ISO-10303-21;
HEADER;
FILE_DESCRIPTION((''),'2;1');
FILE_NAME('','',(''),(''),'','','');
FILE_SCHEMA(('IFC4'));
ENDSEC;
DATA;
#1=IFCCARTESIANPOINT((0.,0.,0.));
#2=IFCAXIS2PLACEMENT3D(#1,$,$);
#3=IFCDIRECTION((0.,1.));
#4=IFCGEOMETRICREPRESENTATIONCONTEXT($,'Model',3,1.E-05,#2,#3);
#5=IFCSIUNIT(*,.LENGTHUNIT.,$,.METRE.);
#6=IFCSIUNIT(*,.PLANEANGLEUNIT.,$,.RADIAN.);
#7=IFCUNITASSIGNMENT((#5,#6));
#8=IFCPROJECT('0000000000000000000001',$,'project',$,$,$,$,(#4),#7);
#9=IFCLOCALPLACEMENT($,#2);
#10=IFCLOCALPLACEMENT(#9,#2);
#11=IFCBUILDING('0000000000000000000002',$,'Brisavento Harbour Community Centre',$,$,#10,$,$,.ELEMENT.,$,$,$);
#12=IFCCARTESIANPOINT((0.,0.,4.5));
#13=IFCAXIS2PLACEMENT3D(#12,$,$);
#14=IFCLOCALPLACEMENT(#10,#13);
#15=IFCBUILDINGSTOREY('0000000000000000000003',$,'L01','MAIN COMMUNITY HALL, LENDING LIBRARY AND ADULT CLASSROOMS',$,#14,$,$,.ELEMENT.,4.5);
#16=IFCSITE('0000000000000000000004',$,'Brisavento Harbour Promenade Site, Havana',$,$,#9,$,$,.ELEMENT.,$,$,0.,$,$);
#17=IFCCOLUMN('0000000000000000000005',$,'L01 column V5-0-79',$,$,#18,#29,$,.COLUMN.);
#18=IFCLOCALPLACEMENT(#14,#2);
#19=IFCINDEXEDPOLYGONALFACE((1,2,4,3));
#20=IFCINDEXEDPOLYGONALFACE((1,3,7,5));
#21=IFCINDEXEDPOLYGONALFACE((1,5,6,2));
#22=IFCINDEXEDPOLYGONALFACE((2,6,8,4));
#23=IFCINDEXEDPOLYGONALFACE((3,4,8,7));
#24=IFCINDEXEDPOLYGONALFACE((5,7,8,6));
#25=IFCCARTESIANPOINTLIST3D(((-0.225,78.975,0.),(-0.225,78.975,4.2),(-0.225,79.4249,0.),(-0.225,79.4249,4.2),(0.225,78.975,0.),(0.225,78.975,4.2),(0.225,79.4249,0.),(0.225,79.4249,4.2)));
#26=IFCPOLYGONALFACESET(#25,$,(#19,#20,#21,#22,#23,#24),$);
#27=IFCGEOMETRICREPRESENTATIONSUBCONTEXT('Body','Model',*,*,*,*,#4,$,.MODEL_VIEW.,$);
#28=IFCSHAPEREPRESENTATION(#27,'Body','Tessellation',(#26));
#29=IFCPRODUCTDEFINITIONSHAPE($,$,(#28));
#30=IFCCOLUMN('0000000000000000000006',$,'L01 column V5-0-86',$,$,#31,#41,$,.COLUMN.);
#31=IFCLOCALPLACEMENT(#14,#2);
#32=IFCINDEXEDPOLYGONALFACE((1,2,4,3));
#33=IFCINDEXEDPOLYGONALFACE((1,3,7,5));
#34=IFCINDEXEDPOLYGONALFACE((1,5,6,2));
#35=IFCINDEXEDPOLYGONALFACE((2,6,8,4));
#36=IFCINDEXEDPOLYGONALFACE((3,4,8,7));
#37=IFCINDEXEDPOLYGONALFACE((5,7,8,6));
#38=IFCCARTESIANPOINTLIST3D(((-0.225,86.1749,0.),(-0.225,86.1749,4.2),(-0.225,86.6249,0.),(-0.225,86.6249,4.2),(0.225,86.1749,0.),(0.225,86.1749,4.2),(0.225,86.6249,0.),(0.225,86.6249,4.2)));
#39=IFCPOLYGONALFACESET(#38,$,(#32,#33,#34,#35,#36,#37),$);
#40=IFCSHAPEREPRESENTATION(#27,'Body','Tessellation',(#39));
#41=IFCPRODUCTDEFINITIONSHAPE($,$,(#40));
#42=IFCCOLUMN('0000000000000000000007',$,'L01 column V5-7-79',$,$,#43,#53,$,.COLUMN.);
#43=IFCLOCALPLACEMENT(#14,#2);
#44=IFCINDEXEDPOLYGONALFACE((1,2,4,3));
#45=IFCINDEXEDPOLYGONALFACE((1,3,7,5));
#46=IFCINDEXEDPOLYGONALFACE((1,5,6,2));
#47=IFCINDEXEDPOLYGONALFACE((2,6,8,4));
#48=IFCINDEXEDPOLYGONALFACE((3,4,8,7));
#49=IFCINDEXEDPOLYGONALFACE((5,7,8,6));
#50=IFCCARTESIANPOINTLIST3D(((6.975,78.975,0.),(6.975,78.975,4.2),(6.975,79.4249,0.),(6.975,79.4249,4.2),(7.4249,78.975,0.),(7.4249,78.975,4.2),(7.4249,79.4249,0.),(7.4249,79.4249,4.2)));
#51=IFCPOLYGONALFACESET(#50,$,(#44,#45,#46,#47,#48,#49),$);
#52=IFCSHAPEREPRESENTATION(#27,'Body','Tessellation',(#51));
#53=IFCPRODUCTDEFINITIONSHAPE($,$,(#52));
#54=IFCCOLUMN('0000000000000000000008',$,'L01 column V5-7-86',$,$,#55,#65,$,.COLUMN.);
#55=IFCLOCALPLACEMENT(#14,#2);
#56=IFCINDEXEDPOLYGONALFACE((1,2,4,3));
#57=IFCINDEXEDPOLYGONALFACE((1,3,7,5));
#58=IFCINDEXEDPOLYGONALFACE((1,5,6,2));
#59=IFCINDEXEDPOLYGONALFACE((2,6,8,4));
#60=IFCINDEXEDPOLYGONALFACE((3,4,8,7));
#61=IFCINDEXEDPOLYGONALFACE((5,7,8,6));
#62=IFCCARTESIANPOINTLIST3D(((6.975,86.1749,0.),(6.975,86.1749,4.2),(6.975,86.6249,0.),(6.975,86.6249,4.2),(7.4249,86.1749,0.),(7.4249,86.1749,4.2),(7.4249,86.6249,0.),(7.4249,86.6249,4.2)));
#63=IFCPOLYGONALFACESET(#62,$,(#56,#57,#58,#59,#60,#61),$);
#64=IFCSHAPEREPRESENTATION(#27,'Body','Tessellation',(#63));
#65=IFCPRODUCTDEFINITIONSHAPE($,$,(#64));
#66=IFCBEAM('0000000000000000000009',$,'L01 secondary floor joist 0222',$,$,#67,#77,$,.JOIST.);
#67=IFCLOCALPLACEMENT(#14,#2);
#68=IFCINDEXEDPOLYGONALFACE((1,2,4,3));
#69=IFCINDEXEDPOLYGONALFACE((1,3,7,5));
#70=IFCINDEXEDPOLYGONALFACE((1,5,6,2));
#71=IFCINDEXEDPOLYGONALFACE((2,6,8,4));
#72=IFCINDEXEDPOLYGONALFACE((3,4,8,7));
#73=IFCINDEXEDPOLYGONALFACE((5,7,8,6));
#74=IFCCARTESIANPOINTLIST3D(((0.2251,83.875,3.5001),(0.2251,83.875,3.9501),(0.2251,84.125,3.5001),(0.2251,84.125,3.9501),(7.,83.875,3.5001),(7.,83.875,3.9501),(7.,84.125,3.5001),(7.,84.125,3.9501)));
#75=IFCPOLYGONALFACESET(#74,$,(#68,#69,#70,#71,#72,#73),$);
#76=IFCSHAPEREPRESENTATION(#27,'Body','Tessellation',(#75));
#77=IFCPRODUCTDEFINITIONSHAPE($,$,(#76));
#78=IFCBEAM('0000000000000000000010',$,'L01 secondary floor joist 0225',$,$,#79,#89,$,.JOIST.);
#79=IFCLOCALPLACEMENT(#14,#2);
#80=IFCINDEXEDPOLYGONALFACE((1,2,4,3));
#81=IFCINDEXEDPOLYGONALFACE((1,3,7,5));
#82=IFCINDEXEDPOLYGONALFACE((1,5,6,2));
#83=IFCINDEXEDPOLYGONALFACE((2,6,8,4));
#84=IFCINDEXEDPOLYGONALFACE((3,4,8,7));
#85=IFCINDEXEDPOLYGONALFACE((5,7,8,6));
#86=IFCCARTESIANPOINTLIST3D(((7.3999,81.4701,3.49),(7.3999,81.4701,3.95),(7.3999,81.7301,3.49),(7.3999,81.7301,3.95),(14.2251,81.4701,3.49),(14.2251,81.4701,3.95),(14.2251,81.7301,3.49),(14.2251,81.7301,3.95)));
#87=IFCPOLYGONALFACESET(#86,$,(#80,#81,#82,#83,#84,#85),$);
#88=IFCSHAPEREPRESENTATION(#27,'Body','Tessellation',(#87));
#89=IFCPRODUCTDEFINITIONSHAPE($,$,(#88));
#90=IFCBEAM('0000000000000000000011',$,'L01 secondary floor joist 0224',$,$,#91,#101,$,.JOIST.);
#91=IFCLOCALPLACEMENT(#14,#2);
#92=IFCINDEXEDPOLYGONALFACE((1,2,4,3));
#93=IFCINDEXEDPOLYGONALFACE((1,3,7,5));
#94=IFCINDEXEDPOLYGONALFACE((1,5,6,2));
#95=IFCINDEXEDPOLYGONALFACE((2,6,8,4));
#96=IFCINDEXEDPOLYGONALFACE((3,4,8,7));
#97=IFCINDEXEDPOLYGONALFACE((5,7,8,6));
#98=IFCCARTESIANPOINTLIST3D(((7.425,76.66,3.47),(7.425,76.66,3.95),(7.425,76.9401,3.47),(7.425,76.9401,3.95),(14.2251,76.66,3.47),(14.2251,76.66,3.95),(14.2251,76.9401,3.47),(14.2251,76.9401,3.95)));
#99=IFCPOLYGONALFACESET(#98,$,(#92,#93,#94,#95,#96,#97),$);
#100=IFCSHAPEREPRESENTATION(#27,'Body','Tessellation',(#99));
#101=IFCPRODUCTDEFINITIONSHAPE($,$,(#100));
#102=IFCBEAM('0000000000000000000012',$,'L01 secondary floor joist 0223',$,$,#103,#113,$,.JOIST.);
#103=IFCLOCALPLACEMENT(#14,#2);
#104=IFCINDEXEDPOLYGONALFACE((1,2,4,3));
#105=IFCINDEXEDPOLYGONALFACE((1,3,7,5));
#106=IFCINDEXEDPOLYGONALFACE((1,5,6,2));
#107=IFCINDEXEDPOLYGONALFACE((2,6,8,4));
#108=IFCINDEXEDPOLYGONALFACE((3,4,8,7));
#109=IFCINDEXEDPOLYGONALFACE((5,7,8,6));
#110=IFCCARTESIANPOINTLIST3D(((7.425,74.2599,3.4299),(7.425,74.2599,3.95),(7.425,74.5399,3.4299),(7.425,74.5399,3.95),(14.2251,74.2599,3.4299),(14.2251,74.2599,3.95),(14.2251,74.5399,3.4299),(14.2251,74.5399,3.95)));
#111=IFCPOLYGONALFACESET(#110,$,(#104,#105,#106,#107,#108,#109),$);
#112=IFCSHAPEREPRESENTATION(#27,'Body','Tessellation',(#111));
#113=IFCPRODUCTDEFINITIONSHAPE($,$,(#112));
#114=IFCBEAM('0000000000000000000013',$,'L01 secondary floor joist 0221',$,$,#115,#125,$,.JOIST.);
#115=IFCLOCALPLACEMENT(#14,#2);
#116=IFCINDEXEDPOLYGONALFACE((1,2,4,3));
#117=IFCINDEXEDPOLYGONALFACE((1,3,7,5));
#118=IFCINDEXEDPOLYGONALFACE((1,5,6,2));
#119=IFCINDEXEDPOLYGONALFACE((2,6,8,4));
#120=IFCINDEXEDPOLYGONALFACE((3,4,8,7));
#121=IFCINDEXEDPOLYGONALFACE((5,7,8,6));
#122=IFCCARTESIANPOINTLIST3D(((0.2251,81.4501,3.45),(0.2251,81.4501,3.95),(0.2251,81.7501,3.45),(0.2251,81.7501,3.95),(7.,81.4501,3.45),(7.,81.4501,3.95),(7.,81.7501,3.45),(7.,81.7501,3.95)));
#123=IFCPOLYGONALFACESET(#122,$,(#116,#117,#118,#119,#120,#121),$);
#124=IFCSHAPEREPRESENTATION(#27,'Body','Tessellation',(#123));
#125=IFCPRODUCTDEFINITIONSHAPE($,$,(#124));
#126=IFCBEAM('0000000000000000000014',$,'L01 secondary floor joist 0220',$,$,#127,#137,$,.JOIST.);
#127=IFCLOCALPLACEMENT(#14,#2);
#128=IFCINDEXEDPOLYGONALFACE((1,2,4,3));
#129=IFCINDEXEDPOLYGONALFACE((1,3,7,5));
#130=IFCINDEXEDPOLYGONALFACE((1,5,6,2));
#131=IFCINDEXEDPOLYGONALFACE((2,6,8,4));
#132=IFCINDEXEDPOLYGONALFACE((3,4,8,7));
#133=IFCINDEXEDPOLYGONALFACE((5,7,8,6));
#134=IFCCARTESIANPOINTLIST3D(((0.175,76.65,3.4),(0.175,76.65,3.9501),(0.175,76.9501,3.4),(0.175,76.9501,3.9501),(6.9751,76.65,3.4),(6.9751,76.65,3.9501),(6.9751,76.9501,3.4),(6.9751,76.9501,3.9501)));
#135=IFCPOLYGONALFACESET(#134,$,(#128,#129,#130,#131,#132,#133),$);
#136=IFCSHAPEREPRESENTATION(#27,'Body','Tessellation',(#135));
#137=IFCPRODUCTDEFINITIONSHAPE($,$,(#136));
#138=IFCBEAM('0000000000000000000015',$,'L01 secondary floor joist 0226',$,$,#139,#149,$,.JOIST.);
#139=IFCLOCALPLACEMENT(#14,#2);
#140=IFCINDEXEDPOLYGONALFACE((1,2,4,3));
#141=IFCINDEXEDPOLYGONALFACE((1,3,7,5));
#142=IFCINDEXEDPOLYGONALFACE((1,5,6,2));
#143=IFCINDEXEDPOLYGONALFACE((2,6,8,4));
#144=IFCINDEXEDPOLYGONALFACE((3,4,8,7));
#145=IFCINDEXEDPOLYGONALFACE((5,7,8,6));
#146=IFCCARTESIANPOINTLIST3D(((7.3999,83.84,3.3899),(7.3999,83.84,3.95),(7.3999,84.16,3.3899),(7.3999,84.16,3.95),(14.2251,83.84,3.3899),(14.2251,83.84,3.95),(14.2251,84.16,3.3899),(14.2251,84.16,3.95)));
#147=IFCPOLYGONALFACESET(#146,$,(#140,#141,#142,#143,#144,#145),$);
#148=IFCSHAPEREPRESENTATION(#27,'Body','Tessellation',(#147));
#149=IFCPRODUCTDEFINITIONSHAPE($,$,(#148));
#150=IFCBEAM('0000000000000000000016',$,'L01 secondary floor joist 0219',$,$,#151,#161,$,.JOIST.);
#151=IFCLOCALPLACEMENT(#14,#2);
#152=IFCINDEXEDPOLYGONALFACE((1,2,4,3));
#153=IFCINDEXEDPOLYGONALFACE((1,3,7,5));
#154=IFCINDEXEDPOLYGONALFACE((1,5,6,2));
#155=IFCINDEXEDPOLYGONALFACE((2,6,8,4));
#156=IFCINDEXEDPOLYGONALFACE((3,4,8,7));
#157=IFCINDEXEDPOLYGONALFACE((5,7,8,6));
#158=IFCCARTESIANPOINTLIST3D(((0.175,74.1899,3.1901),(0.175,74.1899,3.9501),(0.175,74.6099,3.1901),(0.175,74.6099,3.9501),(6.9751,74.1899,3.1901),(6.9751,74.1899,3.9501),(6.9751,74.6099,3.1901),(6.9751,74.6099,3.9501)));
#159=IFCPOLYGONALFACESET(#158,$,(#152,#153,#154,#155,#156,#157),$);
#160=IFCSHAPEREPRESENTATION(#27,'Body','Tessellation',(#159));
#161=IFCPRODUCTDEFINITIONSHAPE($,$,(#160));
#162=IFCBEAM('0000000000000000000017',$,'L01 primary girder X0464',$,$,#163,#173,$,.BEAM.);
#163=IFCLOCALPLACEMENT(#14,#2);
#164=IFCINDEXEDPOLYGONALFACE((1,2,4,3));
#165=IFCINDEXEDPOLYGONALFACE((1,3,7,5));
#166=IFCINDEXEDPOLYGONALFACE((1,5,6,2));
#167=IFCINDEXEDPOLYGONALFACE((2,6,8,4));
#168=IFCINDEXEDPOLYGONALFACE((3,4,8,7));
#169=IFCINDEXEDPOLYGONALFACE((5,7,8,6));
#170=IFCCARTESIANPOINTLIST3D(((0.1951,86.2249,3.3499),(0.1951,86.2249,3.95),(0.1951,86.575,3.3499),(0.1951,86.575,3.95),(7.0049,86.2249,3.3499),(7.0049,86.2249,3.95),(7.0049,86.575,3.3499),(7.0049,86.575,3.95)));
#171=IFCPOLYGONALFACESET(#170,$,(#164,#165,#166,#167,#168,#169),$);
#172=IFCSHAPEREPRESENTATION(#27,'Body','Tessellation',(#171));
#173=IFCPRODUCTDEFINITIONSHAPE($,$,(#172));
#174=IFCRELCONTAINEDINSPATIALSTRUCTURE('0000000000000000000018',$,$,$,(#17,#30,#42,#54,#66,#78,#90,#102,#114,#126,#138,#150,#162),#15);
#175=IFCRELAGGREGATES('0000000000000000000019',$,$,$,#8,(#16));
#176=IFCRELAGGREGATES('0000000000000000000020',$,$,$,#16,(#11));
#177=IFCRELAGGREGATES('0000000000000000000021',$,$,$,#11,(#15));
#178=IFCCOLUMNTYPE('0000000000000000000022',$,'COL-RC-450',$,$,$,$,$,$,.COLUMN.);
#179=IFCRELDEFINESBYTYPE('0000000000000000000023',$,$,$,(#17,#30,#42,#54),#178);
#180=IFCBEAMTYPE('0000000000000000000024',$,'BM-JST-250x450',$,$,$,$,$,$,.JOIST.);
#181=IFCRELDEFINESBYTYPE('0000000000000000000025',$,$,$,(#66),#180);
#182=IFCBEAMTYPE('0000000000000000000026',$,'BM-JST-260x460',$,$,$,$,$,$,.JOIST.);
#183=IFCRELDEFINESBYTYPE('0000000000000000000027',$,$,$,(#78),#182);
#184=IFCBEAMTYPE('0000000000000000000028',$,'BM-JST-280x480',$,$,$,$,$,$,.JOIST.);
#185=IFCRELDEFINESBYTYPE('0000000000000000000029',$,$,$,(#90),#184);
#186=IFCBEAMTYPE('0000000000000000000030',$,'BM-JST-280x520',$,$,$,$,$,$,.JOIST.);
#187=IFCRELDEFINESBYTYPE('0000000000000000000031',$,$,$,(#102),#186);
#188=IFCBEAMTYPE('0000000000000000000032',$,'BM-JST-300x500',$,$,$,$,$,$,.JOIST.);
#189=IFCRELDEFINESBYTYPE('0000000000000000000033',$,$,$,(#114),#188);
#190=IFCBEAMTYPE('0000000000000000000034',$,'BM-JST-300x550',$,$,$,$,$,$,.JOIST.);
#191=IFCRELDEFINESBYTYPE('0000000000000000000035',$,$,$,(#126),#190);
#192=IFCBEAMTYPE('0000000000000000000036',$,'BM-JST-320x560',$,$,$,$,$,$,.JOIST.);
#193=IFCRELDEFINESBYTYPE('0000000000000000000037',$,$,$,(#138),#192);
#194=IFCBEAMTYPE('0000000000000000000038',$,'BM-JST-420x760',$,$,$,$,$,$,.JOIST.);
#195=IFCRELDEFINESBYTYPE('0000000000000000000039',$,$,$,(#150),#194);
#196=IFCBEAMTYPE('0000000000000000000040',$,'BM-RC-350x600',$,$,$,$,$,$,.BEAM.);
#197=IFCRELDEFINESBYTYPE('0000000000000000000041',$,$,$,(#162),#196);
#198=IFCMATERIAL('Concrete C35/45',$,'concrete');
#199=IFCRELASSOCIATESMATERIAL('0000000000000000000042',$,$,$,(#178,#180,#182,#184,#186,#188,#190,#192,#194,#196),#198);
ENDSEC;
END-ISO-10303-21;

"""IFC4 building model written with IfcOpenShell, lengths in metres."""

from ifc_helpers import new_model, si_unit, direction, frame, origin, origin_2d, place, context, subcontext, project, spatial, rectangle, extrude, material, material_profile, profile_set, type_object, element, save


model = new_model("IFC4")

# Units and contexts
model_context = context("Model", 3, precision=1e-05, world=origin(), true_north=direction((0.0, 1.0)))
body_context = subcontext(model_context, "Body", "Model", "MODEL_VIEW")
ifc_project = project(units=[si_unit("LENGTHUNIT", "METRE"), si_unit("PLANEANGLEUNIT", "RADIAN")], contexts=[model_context])

# Site, building, storey
site_placement = place(None, origin())
site = spatial("IfcSite", under=ifc_project, at=site_placement, Name="Brisavento Harbour Promenade Site, Havana", CompositionType="ELEMENT", RefElevation=0.0)
building_placement = place(site_placement, origin())
building = spatial("IfcBuilding", under=site, at=building_placement, Name="Brisavento Harbour Community Centre", CompositionType="ELEMENT")
storey_placement = place(building_placement, frame((0.0, 0.0, 4.5)))
storey = spatial("IfcBuildingStorey", under=building, at=storey_placement, Name="L01", Description="MAIN COMMUNITY HALL, LENDING LIBRARY AND ADULT CLASSROOMS", CompositionType="ELEMENT", Elevation=4.5)

# Columns
ifc_material_1 = material(Name="Concrete C35/45", Category="concrete")
ifc_material_profile_1 = material_profile(ifc_material_1, rectangle(XDim=0.45, YDim=0.45, at=origin_2d()), Name="Concrete C35/45")
ifc_profile_set_1 = profile_set([ifc_material_profile_1], Name="Concrete C35/45")
column_type = type_object("IfcColumnType", Name="COL-RC-450", PredefinedType="COLUMN", material=ifc_profile_set_1)
for number, where, z_axis, x_axis, name in (
    (1, (0.0, 79.2, 0.0), (0.0, 0.0, 1.0), (1.0, 0.0, 0.0), "L01 column V5-0-79"),
    (2, (0.0, 86.3999, 0.0), (0.0, 0.0, 1.0), (1.0, 0.0, 0.0), "L01 column V5-0-86"),
    (3, (7.2, 79.2, 0.0), (0.0, 0.0, 1.0), (1.0, 0.0, 0.0), "L01 column V5-7-79"),
    (4, (7.2, 86.3999, 0.0), (0.0, 0.0, 1.0), (1.0, 0.0, 0.0), "L01 column V5-7-86"),
):
    element("IfcColumn", number, at=place(storey_placement, frame(where, z_axis=z_axis, x_axis=x_axis)), inside=storey, type_object=column_type, Name=name, PredefinedType="COLUMN", context=body_context, shape_type="SweptSolid", body=[
        extrude(rectangle(XDim=0.45, YDim=0.45, at=origin_2d()), origin(), (0.0, 0.0, 1.0), 4.2),
    ])

# Beams
ifc_material_profile_2 = material_profile(ifc_material_1, rectangle(XDim=0.25, YDim=0.45, at=origin_2d()), Name="Concrete C35/45")
ifc_profile_set_2 = profile_set([ifc_material_profile_2], Name="Concrete C35/45")
beam_type_1 = type_object("IfcBeamType", Name="BM-JST-250x450", PredefinedType="JOIST", material=ifc_profile_set_2)
beam_1_placement = place(storey_placement, frame((0.2251, 84.0, 3.7251), z_axis=(1.0, 0.0, 0.0), x_axis=(0.0, 1.0, 0.0)))
element("IfcBeam", 5, at=beam_1_placement, inside=storey, type_object=beam_type_1, Name="L01 secondary floor joist 0222", PredefinedType="JOIST", context=body_context, shape_type="SweptSolid", body=[
    extrude(rectangle(XDim=0.25, YDim=0.45, at=origin_2d()), origin(), (0.0, 0.0, 1.0), 6.7749),
])
ifc_material_profile_3 = material_profile(ifc_material_1, rectangle(XDim=0.26, YDim=0.46, at=origin_2d()), Name="Concrete C35/45")
ifc_profile_set_3 = profile_set([ifc_material_profile_3], Name="Concrete C35/45")
beam_type_2 = type_object("IfcBeamType", Name="BM-JST-260x460", PredefinedType="JOIST", material=ifc_profile_set_3)
beam_2_placement = place(storey_placement, frame((7.3999, 81.6001, 3.72), z_axis=(1.0, 0.0, 0.0), x_axis=(0.0, 1.0, 0.0)))
element("IfcBeam", 6, at=beam_2_placement, inside=storey, type_object=beam_type_2, Name="L01 secondary floor joist 0225", PredefinedType="JOIST", context=body_context, shape_type="SweptSolid", body=[
    extrude(rectangle(XDim=0.26, YDim=0.46, at=origin_2d()), origin(), (0.0, 0.0, 1.0), 6.8252),
])
ifc_material_profile_4 = material_profile(ifc_material_1, rectangle(XDim=0.28, YDim=0.48, at=origin_2d()), Name="Concrete C35/45")
ifc_profile_set_4 = profile_set([ifc_material_profile_4], Name="Concrete C35/45")
beam_type_3 = type_object("IfcBeamType", Name="BM-JST-280x480", PredefinedType="JOIST", material=ifc_profile_set_4)
beam_3_placement = place(storey_placement, frame((7.425, 76.8, 3.71), z_axis=(1.0, 0.0, 0.0), x_axis=(0.0, 1.0, 0.0)))
element("IfcBeam", 7, at=beam_3_placement, inside=storey, type_object=beam_type_3, Name="L01 secondary floor joist 0224", PredefinedType="JOIST", context=body_context, shape_type="SweptSolid", body=[
    extrude(rectangle(XDim=0.28, YDim=0.48, at=origin_2d()), origin(), (0.0, 0.0, 1.0), 6.8),
])
ifc_material_profile_5 = material_profile(ifc_material_1, rectangle(XDim=0.28, YDim=0.52, at=origin_2d()), Name="Concrete C35/45")
ifc_profile_set_5 = profile_set([ifc_material_profile_5], Name="Concrete C35/45")
beam_type_4 = type_object("IfcBeamType", Name="BM-JST-280x520", PredefinedType="JOIST", material=ifc_profile_set_5)
beam_4_placement = place(storey_placement, frame((7.425, 74.3999, 3.6899), z_axis=(1.0, 0.0, 0.0), x_axis=(0.0, 1.0, 0.0)))
element("IfcBeam", 8, at=beam_4_placement, inside=storey, type_object=beam_type_4, Name="L01 secondary floor joist 0223", PredefinedType="JOIST", context=body_context, shape_type="SweptSolid", body=[
    extrude(rectangle(XDim=0.28, YDim=0.52, at=origin_2d()), origin(), (0.0, 0.0, 1.0), 6.8),
])
ifc_material_profile_6 = material_profile(ifc_material_1, rectangle(XDim=0.3, YDim=0.5, at=origin_2d()), Name="Concrete C35/45")
ifc_profile_set_6 = profile_set([ifc_material_profile_6], Name="Concrete C35/45")
beam_type_5 = type_object("IfcBeamType", Name="BM-JST-300x500", PredefinedType="JOIST", material=ifc_profile_set_6)
beam_5_placement = place(storey_placement, frame((0.2251, 81.6001, 3.7), z_axis=(1.0, 0.0, 0.0), x_axis=(0.0, 1.0, 0.0)))
element("IfcBeam", 9, at=beam_5_placement, inside=storey, type_object=beam_type_5, Name="L01 secondary floor joist 0221", PredefinedType="JOIST", context=body_context, shape_type="SweptSolid", body=[
    extrude(rectangle(XDim=0.3, YDim=0.5, at=origin_2d()), origin(), (0.0, 0.0, 1.0), 6.7749),
])
ifc_material_profile_7 = material_profile(ifc_material_1, rectangle(XDim=0.3, YDim=0.55, at=origin_2d()), Name="Concrete C35/45")
ifc_profile_set_7 = profile_set([ifc_material_profile_7], Name="Concrete C35/45")
beam_type_6 = type_object("IfcBeamType", Name="BM-JST-300x550", PredefinedType="JOIST", material=ifc_profile_set_7)
beam_6_placement = place(storey_placement, frame((0.175, 76.8, 3.675), z_axis=(1.0, 0.0, 0.0), x_axis=(0.0, 1.0, 0.0)))
element("IfcBeam", 10, at=beam_6_placement, inside=storey, type_object=beam_type_6, Name="L01 secondary floor joist 0220", PredefinedType="JOIST", context=body_context, shape_type="SweptSolid", body=[
    extrude(rectangle(XDim=0.3, YDim=0.55, at=origin_2d()), origin(), (0.0, 0.0, 1.0), 6.8),
])
ifc_material_profile_8 = material_profile(ifc_material_1, rectangle(XDim=0.3201, YDim=0.5601, at=origin_2d()), Name="Concrete C35/45")
ifc_profile_set_8 = profile_set([ifc_material_profile_8], Name="Concrete C35/45")
beam_type_7 = type_object("IfcBeamType", Name="BM-JST-320x560", PredefinedType="JOIST", material=ifc_profile_set_8)
beam_7_placement = place(storey_placement, frame((7.3999, 84.0, 3.6699), z_axis=(1.0, 0.0, 0.0), x_axis=(0.0, 1.0, 0.0)))
element("IfcBeam", 11, at=beam_7_placement, inside=storey, type_object=beam_type_7, Name="L01 secondary floor joist 0226", PredefinedType="JOIST", context=body_context, shape_type="SweptSolid", body=[
    extrude(rectangle(XDim=0.3201, YDim=0.5601, at=origin_2d()), origin(), (0.0, 0.0, 1.0), 6.8252),
])
ifc_material_profile_9 = material_profile(ifc_material_1, rectangle(XDim=0.4199, YDim=0.76, at=origin_2d()), Name="Concrete C35/45")
ifc_profile_set_9 = profile_set([ifc_material_profile_9], Name="Concrete C35/45")
beam_type_8 = type_object("IfcBeamType", Name="BM-JST-420x760", PredefinedType="JOIST", material=ifc_profile_set_9)
beam_8_placement = place(storey_placement, frame((0.175, 74.3999, 3.5701), z_axis=(1.0, 0.0, 0.0), x_axis=(0.0, 1.0, 0.0)))
element("IfcBeam", 12, at=beam_8_placement, inside=storey, type_object=beam_type_8, Name="L01 secondary floor joist 0219", PredefinedType="JOIST", context=body_context, shape_type="SweptSolid", body=[
    extrude(rectangle(XDim=0.4199, YDim=0.76, at=origin_2d()), origin(), (0.0, 0.0, 1.0), 6.8),
])
ifc_material_profile_10 = material_profile(ifc_material_1, rectangle(XDim=0.3501, YDim=0.6001, at=origin_2d()), Name="Concrete C35/45")
ifc_profile_set_10 = profile_set([ifc_material_profile_10], Name="Concrete C35/45")
beam_type_9 = type_object("IfcBeamType", Name="BM-RC-350x600", PredefinedType="BEAM", material=ifc_profile_set_10)
beam_9_placement = place(storey_placement, frame((0.1951, 86.3999, 3.6499), z_axis=(1.0, 0.0, 0.0), x_axis=(0.0, 1.0, 0.0)))
element("IfcBeam", 13, at=beam_9_placement, inside=storey, type_object=beam_type_9, Name="L01 primary girder X0464", PredefinedType="BEAM", context=body_context, shape_type="SweptSolid", body=[
    extrude(rectangle(XDim=0.3501, YDim=0.6001, at=origin_2d()), origin(), (0.0, 0.0, 1.0), 6.8098),
])

save(model, "model.ifc")
